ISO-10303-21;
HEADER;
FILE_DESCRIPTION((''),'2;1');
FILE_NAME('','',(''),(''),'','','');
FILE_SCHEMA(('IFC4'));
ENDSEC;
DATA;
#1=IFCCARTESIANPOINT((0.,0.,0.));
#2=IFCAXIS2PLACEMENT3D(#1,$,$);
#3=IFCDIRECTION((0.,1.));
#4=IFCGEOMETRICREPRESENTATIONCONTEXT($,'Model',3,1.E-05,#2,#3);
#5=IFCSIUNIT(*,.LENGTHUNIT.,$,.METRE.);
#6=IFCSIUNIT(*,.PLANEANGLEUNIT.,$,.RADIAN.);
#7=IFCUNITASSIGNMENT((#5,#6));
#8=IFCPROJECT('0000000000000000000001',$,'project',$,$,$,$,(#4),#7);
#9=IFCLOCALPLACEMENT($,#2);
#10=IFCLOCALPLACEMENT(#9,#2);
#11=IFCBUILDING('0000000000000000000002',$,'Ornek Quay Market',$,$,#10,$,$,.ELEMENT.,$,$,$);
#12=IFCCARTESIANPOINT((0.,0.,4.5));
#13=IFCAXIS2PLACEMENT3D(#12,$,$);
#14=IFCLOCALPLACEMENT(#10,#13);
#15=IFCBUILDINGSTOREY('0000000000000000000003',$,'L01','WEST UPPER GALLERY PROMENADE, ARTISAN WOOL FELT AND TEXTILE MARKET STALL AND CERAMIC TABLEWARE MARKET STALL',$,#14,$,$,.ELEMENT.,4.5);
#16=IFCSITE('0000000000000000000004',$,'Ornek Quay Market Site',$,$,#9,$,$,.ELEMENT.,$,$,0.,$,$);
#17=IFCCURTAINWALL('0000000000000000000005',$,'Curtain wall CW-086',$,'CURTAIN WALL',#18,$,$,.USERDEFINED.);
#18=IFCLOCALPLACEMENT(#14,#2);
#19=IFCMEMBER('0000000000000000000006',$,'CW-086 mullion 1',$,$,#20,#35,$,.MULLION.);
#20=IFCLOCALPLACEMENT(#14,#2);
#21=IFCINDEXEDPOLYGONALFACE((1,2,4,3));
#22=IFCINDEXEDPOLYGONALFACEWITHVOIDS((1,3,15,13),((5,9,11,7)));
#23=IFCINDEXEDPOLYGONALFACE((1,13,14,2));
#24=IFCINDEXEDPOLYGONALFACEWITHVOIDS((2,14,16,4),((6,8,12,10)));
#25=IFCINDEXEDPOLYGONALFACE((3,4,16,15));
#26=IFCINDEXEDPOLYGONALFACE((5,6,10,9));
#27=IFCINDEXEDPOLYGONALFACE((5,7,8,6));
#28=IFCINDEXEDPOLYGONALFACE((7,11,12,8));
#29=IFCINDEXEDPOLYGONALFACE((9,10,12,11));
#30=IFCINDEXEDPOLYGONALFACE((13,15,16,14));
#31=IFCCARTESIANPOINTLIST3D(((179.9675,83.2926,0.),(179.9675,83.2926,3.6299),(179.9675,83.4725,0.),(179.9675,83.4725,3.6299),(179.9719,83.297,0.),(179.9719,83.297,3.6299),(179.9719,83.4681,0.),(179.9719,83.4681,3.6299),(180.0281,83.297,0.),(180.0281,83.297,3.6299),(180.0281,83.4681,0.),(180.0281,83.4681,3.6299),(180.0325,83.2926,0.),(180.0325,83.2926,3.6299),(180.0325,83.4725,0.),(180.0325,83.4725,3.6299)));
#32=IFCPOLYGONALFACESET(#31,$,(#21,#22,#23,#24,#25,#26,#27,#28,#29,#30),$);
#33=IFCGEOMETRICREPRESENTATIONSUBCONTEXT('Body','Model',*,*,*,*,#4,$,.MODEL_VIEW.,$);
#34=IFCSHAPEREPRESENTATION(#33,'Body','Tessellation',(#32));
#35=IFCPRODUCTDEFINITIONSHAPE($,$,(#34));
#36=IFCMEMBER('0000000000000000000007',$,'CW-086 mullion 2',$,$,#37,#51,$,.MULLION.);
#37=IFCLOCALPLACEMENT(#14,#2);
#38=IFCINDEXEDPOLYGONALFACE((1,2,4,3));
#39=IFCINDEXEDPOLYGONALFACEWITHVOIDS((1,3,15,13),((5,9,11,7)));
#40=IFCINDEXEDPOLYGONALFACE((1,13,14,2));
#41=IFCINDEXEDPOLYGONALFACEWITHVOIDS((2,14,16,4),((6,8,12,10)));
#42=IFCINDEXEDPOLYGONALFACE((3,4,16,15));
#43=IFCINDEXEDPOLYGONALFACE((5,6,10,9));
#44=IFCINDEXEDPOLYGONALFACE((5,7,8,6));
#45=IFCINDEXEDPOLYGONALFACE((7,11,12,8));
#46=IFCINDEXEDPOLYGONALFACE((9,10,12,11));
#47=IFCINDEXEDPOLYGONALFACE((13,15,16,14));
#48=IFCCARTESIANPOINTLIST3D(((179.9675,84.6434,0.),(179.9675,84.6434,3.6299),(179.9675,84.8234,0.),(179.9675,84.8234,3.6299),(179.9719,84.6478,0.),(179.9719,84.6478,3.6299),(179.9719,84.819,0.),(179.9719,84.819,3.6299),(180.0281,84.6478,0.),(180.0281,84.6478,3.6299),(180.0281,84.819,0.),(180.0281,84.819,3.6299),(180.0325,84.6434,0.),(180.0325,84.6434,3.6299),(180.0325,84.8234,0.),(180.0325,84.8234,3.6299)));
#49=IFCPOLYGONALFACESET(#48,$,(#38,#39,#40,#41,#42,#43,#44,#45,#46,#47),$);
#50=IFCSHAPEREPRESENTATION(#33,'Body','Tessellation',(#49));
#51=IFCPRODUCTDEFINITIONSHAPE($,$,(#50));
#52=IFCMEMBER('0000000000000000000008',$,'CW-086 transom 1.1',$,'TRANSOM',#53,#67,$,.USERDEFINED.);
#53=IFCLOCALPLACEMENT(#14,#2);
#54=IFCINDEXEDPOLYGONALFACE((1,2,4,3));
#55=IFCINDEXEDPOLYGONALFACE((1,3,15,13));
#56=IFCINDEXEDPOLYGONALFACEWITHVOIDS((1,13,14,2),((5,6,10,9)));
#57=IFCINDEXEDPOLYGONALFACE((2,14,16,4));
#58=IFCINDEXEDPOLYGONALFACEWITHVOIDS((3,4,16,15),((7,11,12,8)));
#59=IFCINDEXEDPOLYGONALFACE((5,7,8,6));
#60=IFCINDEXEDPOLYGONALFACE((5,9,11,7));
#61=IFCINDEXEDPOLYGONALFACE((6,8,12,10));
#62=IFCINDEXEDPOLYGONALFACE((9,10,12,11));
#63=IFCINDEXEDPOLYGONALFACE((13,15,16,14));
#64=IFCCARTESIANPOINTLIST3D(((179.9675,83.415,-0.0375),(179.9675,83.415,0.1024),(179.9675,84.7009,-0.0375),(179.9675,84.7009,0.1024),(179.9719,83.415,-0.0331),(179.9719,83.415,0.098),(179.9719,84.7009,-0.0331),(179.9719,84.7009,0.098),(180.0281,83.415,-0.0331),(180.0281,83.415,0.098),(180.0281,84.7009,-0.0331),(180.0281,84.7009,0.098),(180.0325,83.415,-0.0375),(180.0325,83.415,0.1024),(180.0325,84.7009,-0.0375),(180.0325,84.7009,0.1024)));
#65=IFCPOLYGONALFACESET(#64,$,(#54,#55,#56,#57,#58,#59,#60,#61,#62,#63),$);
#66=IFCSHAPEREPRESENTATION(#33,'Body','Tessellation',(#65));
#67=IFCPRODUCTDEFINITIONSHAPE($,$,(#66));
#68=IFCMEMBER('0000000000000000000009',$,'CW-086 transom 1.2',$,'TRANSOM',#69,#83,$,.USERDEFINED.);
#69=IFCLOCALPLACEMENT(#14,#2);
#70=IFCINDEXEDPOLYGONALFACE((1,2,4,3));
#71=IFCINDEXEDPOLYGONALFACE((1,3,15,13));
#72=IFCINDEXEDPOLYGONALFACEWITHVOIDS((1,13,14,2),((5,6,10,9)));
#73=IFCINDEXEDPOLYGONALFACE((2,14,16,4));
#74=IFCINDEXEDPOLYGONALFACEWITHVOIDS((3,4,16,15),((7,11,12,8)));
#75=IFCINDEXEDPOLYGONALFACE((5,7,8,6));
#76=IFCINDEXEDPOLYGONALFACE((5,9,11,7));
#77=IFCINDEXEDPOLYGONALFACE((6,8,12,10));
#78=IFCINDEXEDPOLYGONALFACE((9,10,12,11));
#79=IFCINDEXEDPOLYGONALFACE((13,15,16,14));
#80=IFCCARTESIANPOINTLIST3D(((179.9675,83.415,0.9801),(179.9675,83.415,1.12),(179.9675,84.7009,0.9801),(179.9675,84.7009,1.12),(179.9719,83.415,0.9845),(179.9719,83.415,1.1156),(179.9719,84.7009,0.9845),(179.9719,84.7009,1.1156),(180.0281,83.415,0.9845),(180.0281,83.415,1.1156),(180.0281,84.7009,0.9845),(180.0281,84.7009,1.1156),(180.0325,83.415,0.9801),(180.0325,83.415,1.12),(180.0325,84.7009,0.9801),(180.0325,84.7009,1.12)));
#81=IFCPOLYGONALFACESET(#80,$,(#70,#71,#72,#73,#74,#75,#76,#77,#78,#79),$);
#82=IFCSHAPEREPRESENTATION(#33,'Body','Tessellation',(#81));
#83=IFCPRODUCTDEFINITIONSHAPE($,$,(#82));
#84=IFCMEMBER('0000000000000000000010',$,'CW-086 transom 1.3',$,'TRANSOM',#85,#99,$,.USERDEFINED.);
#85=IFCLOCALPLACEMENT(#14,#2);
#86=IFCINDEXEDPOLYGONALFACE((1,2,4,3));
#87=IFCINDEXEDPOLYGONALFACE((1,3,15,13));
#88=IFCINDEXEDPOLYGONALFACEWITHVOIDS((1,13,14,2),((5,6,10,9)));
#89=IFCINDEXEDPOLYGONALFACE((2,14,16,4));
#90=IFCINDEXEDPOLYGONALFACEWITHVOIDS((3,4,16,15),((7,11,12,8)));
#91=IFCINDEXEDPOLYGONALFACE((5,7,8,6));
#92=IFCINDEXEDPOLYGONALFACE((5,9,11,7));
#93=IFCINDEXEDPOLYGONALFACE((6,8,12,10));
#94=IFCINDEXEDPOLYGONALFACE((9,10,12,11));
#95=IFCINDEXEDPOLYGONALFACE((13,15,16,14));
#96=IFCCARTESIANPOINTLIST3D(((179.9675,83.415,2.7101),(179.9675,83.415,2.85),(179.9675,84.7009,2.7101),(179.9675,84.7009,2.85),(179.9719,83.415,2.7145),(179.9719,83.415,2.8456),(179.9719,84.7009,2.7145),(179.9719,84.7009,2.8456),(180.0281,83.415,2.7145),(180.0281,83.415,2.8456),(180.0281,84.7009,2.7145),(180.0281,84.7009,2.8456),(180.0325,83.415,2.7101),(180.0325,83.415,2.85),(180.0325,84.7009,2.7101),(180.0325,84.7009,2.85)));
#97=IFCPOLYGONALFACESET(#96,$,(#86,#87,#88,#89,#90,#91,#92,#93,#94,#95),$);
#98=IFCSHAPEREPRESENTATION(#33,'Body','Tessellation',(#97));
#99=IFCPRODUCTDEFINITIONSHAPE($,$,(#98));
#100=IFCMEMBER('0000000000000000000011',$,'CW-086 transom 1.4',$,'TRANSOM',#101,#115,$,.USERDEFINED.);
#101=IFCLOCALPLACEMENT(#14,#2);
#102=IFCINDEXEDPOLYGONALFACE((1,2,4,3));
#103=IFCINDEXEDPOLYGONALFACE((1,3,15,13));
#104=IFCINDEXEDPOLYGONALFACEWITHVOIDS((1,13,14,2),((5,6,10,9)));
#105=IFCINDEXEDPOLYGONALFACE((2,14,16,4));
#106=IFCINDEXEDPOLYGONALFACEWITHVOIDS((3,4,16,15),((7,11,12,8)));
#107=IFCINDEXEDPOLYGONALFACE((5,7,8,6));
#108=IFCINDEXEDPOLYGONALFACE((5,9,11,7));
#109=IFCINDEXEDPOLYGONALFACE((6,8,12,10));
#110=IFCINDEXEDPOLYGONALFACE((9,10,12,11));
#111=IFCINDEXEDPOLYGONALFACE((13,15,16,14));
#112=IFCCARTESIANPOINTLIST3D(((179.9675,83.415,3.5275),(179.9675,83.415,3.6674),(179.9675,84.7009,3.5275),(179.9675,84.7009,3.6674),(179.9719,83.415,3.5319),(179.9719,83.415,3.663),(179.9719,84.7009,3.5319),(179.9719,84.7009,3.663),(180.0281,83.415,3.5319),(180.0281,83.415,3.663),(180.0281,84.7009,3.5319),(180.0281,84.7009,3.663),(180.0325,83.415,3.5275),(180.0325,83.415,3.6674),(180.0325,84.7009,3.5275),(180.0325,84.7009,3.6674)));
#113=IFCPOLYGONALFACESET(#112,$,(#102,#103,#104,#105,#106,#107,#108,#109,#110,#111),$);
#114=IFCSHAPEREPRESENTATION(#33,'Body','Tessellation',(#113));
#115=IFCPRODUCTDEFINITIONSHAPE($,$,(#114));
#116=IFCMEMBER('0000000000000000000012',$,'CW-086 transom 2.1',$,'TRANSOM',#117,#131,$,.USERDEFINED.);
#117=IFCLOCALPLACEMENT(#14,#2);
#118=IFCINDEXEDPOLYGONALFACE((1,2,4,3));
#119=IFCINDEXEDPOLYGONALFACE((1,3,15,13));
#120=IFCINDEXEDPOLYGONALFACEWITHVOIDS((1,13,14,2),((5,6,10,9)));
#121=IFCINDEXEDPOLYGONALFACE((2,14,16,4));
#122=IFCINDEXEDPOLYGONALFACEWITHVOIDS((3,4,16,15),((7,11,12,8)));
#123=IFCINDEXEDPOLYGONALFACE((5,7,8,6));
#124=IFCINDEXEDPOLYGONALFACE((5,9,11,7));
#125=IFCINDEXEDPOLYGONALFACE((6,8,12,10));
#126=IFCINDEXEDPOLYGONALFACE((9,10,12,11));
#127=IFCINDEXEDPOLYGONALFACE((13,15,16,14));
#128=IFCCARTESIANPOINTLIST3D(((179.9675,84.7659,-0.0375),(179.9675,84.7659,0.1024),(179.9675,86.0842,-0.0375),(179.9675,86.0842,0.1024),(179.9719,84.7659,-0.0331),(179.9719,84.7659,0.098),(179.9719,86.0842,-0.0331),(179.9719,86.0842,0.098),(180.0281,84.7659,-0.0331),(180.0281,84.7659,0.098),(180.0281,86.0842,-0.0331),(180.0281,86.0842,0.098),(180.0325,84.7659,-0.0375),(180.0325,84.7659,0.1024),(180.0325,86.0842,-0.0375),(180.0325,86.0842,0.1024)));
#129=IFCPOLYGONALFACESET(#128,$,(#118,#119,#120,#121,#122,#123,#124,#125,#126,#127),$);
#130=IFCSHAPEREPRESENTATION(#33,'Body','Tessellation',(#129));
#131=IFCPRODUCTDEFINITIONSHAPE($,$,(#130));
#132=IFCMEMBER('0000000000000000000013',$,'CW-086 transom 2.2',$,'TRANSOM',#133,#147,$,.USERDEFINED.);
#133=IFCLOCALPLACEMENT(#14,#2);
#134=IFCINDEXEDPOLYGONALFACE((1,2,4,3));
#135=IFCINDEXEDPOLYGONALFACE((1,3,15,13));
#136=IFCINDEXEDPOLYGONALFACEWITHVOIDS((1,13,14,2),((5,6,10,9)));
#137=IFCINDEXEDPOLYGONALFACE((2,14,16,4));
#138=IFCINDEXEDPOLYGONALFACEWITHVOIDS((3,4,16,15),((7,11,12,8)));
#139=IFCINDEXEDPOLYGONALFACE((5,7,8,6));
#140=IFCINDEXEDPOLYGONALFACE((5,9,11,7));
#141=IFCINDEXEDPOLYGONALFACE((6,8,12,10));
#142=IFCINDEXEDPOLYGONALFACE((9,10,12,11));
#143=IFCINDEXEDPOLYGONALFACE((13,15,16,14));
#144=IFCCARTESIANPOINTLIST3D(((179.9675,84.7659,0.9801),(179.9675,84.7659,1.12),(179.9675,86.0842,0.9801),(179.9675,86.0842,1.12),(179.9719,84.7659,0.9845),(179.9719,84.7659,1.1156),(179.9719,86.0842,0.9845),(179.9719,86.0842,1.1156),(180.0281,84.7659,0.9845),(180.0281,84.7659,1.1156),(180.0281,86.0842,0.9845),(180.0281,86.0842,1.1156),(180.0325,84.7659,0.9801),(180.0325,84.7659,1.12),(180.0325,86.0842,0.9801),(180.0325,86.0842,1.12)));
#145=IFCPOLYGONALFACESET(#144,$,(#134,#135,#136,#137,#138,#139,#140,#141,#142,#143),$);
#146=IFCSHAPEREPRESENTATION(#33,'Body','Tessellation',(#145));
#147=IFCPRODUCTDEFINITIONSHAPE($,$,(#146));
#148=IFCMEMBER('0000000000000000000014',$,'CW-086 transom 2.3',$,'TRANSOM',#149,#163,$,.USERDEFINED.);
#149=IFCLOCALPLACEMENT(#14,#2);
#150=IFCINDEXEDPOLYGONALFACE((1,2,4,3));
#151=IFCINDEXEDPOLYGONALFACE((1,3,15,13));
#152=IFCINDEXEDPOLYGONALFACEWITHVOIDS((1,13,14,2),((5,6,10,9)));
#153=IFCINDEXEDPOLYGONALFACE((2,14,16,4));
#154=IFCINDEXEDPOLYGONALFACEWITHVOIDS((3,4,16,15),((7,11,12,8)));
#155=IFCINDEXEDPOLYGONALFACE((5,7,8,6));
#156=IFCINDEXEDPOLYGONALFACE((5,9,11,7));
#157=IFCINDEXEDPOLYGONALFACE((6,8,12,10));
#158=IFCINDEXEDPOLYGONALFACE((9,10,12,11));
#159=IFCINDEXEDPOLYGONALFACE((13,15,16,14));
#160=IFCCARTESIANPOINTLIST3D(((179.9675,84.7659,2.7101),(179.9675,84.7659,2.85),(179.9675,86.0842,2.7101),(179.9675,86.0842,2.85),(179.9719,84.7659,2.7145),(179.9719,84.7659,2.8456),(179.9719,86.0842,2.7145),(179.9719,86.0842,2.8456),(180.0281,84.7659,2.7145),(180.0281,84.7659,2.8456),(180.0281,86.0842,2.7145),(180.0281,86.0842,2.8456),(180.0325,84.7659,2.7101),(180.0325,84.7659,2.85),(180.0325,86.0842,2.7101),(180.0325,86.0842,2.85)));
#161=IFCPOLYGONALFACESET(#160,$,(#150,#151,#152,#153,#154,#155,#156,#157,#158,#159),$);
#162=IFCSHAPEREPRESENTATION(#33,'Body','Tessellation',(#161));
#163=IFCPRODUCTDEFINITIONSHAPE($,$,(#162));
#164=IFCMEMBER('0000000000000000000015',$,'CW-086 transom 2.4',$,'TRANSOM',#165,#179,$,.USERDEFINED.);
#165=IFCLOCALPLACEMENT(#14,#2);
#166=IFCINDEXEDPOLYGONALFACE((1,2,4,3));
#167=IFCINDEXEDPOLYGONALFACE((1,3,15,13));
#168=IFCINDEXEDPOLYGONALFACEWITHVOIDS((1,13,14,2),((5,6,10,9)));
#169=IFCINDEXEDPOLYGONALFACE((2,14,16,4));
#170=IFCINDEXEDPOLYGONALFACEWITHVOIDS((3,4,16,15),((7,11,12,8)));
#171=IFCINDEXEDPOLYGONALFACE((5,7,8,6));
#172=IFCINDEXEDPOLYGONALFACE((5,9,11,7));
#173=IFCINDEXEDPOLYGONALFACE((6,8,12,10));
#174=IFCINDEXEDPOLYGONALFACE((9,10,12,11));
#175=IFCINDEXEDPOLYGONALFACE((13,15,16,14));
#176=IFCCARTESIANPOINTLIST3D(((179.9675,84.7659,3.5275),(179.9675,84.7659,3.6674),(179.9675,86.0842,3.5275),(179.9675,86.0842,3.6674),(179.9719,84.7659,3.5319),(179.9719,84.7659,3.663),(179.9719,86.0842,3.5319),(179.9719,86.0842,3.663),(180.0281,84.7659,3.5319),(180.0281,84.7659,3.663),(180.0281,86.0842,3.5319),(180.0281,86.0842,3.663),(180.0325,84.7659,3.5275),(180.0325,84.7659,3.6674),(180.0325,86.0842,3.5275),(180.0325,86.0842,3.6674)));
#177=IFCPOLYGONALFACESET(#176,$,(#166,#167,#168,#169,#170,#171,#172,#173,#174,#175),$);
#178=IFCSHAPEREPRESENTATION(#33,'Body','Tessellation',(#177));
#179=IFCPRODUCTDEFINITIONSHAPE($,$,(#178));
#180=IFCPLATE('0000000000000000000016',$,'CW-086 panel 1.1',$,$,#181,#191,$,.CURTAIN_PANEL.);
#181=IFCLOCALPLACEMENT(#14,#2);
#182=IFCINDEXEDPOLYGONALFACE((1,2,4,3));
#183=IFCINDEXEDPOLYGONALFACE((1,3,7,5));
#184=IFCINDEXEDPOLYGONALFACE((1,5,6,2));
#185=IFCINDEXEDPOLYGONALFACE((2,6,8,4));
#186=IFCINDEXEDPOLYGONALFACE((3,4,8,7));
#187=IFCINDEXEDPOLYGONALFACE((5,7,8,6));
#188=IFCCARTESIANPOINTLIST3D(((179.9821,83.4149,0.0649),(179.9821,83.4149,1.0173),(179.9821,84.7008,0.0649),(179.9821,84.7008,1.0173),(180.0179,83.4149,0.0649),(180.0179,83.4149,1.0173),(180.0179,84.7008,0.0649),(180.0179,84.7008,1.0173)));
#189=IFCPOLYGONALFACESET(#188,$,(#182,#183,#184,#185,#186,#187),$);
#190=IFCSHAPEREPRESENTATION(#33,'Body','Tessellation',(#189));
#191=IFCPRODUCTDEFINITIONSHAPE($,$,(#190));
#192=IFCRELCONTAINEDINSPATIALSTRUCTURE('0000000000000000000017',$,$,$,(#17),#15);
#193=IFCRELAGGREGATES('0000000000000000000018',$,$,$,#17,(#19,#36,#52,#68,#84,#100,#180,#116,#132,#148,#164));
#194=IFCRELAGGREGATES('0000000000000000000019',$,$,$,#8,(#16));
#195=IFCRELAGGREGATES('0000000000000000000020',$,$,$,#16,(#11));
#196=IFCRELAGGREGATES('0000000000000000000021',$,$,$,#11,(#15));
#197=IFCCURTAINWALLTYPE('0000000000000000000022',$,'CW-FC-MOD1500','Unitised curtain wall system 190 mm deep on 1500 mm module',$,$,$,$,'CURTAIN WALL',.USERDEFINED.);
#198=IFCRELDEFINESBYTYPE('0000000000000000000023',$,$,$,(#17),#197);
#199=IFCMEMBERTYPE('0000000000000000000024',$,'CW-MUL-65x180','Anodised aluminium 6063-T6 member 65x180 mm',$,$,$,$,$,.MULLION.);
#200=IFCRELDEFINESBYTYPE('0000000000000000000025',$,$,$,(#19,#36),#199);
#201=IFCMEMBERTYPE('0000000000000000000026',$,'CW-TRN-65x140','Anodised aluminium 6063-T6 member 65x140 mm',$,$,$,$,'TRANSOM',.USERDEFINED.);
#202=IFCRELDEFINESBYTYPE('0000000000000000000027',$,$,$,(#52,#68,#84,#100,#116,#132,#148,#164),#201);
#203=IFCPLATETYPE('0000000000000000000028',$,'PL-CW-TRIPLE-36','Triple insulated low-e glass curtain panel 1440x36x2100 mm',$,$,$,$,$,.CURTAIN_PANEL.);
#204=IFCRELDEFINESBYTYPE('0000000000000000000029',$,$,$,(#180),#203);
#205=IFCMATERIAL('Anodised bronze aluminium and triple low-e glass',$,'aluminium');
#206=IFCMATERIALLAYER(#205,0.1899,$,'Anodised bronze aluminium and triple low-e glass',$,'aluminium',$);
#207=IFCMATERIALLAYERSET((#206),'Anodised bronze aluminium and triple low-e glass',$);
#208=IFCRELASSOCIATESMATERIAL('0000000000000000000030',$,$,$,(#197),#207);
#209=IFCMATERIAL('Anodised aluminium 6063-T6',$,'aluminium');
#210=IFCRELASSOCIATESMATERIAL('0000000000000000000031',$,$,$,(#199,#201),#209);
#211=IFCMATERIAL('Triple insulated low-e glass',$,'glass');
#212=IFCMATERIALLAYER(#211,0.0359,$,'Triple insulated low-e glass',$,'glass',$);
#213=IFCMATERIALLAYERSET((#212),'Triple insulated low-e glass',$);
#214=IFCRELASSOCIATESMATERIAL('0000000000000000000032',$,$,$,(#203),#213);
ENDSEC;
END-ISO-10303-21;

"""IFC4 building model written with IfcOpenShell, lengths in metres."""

from ifc_helpers import new_model, si_unit, direction, frame, origin, origin_2d, place, context, subcontext, project, spatial, rectangle, hollow_rectangle, extrude, material, layer, layer_set, material_profile, profile_set, type_object, element, aggregate, save


model = new_model("IFC4")

# Units and contexts
model_context = context("Model", 3, precision=1e-05, world=origin(), true_north=direction((0.0, 1.0)))
body_context = subcontext(model_context, "Body", "Model", "MODEL_VIEW")
ifc_project = project(units=[si_unit("LENGTHUNIT", "METRE"), si_unit("PLANEANGLEUNIT", "RADIAN")], contexts=[model_context])

# Site, building, storey
site_placement = place(None, origin())
site = spatial("IfcSite", under=ifc_project, at=site_placement, Name="Ornek Quay Market Site", CompositionType="ELEMENT", RefElevation=0.0)
building_placement = place(site_placement, origin())
building = spatial("IfcBuilding", under=site, at=building_placement, Name="Ornek Quay Market", CompositionType="ELEMENT")
storey_placement = place(building_placement, frame((0.0, 0.0, 4.5)))
storey = spatial("IfcBuildingStorey", under=building, at=storey_placement, Name="L01", Description="WEST UPPER GALLERY PROMENADE, ARTISAN WOOL FELT AND TEXTILE MARKET STALL AND CERAMIC TABLEWARE MARKET STALL", CompositionType="ELEMENT", Elevation=4.5)

# Curtain wall, members, plate
ifc_material_1 = material(Name="Anodised bronze aluminium and triple low-e glass", Category="aluminium")
ifc_layer_1 = layer(ifc_material_1, 0.1899, Name="Anodised bronze aluminium and triple low-e glass", Category="aluminium")
ifc_layer_set_1 = layer_set([ifc_layer_1], Name="Anodised bronze aluminium and triple low-e glass")
curtain_wall_type = type_object("IfcCurtainWallType", Name="CW-FC-MOD1500", Description="Unitised curtain wall system 190 mm deep on 1500 mm module", ElementType="CURTAIN WALL", PredefinedType="USERDEFINED", material=ifc_layer_set_1)
curtain_wall_placement = place(storey_placement, origin())
curtain_wall = element("IfcCurtainWall", 1, at=curtain_wall_placement, inside=storey, type_object=curtain_wall_type, Name="Curtain wall CW-086", ObjectType="CURTAIN WALL", PredefinedType="USERDEFINED")
ifc_material_2 = material(Name="Anodised aluminium 6063-T6", Category="aluminium")
ifc_material_profile_1 = material_profile(ifc_material_2, hollow_rectangle(XDim=0.0649, YDim=0.1799, WallThickness=0.0044, at=origin_2d()), Name="CW-MUL-65x180", Category="aluminium")
ifc_profile_set_1 = profile_set([ifc_material_profile_1], Name="Anodised aluminium 6063-T6")
member_type_1 = type_object("IfcMemberType", Name="CW-MUL-65x180", Description="Anodised aluminium 6063-T6 member 65x180 mm", PredefinedType="MULLION", material=ifc_profile_set_1)
member_1_placement = place(storey_placement, frame((180.0, 83.3826, 0.0), z_axis=(0.0, 0.0, 1.0), x_axis=(-1.0, 0.0, 0.0)))
member_1 = element("IfcMember", 2, at=member_1_placement, type_object=member_type_1, Name="CW-086 mullion 1", PredefinedType="MULLION", context=body_context, shape_type="SweptSolid", body=[
    extrude(hollow_rectangle(XDim=0.0649, YDim=0.1799, WallThickness=0.0044, at=origin_2d()), origin(), (0.0, 0.0, 1.0), 3.6299),
])
member_2_placement = place(storey_placement, frame((180.0, 84.7334, 0.0), z_axis=(0.0, 0.0, 1.0), x_axis=(-1.0, 0.0, 0.0)))
member_2 = element("IfcMember", 3, at=member_2_placement, type_object=member_type_1, Name="CW-086 mullion 2", PredefinedType="MULLION", context=body_context, shape_type="SweptSolid", body=[
    extrude(hollow_rectangle(XDim=0.0649, YDim=0.1799, WallThickness=0.0044, at=origin_2d()), origin(), (0.0, 0.0, 1.0), 3.6299),
])
ifc_material_profile_2 = material_profile(ifc_material_2, hollow_rectangle(XDim=0.0649, YDim=0.1399, WallThickness=0.0044, at=origin_2d()), Name="CW-TRN-65x140", Category="aluminium")
ifc_profile_set_2 = profile_set([ifc_material_profile_2], Name="Anodised aluminium 6063-T6")
member_type_2 = type_object("IfcMemberType", Name="CW-TRN-65x140", Description="Anodised aluminium 6063-T6 member 65x140 mm", ElementType="TRANSOM", PredefinedType="USERDEFINED", material=ifc_profile_set_2)
member_3_placement = place(storey_placement, frame((180.0, 83.415, 0.0325), z_axis=(0.0, 1.0, 0.0), x_axis=(-1.0, 0.0, 0.0)))
member_3 = element("IfcMember", 4, at=member_3_placement, type_object=member_type_2, Name="CW-086 transom 1.1", ObjectType="TRANSOM", PredefinedType="USERDEFINED", context=body_context, shape_type="SweptSolid", body=[
    extrude(hollow_rectangle(XDim=0.0649, YDim=0.1399, WallThickness=0.0044, at=origin_2d()), origin(), (0.0, 0.0, 1.0), 1.2859),
])
member_4_placement = place(storey_placement, frame((180.0, 83.415, 1.05), z_axis=(0.0, 1.0, 0.0), x_axis=(-1.0, 0.0, 0.0)))
member_4 = element("IfcMember", 5, at=member_4_placement, type_object=member_type_2, Name="CW-086 transom 1.2", ObjectType="TRANSOM", PredefinedType="USERDEFINED", context=body_context, shape_type="SweptSolid", body=[
    extrude(hollow_rectangle(XDim=0.0649, YDim=0.1399, WallThickness=0.0044, at=origin_2d()), origin(), (0.0, 0.0, 1.0), 1.2859),
])
member_5_placement = place(storey_placement, frame((180.0, 83.415, 2.78), z_axis=(0.0, 1.0, 0.0), x_axis=(-1.0, 0.0, 0.0)))
member_5 = element("IfcMember", 6, at=member_5_placement, type_object=member_type_2, Name="CW-086 transom 1.3", ObjectType="TRANSOM", PredefinedType="USERDEFINED", context=body_context, shape_type="SweptSolid", body=[
    extrude(hollow_rectangle(XDim=0.0649, YDim=0.1399, WallThickness=0.0044, at=origin_2d()), origin(), (0.0, 0.0, 1.0), 1.2859),
])
member_6_placement = place(storey_placement, frame((180.0, 83.415, 3.5974), z_axis=(0.0, 1.0, 0.0), x_axis=(-1.0, 0.0, 0.0)))
member_6 = element("IfcMember", 7, at=member_6_placement, type_object=member_type_2, Name="CW-086 transom 1.4", ObjectType="TRANSOM", PredefinedType="USERDEFINED", context=body_context, shape_type="SweptSolid", body=[
    extrude(hollow_rectangle(XDim=0.0649, YDim=0.1399, WallThickness=0.0044, at=origin_2d()), origin(), (0.0, 0.0, 1.0), 1.2859),
])
member_7_placement = place(storey_placement, frame((180.0, 84.7659, 0.0325), z_axis=(0.0, 1.0, 0.0), x_axis=(-1.0, 0.0, 0.0)))
member_7 = element("IfcMember", 8, at=member_7_placement, type_object=member_type_2, Name="CW-086 transom 2.1", ObjectType="TRANSOM", PredefinedType="USERDEFINED", context=body_context, shape_type="SweptSolid", body=[
    extrude(hollow_rectangle(XDim=0.0649, YDim=0.1399, WallThickness=0.0044, at=origin_2d()), origin(), (0.0, 0.0, 1.0), 1.3184),
])
member_8_placement = place(storey_placement, frame((180.0, 84.7659, 1.05), z_axis=(0.0, 1.0, 0.0), x_axis=(-1.0, 0.0, 0.0)))
member_8 = element("IfcMember", 9, at=member_8_placement, type_object=member_type_2, Name="CW-086 transom 2.2", ObjectType="TRANSOM", PredefinedType="USERDEFINED", context=body_context, shape_type="SweptSolid", body=[
    extrude(hollow_rectangle(XDim=0.0649, YDim=0.1399, WallThickness=0.0044, at=origin_2d()), origin(), (0.0, 0.0, 1.0), 1.3184),
])
member_9_placement = place(storey_placement, frame((180.0, 84.7659, 2.78), z_axis=(0.0, 1.0, 0.0), x_axis=(-1.0, 0.0, 0.0)))
member_9 = element("IfcMember", 10, at=member_9_placement, type_object=member_type_2, Name="CW-086 transom 2.3", ObjectType="TRANSOM", PredefinedType="USERDEFINED", context=body_context, shape_type="SweptSolid", body=[
    extrude(hollow_rectangle(XDim=0.0649, YDim=0.1399, WallThickness=0.0044, at=origin_2d()), origin(), (0.0, 0.0, 1.0), 1.3184),
])
member_10_placement = place(storey_placement, frame((180.0, 84.7659, 3.5974), z_axis=(0.0, 1.0, 0.0), x_axis=(-1.0, 0.0, 0.0)))
member_10 = element("IfcMember", 11, at=member_10_placement, type_object=member_type_2, Name="CW-086 transom 2.4", ObjectType="TRANSOM", PredefinedType="USERDEFINED", context=body_context, shape_type="SweptSolid", body=[
    extrude(hollow_rectangle(XDim=0.0649, YDim=0.1399, WallThickness=0.0044, at=origin_2d()), origin(), (0.0, 0.0, 1.0), 1.3184),
])
ifc_material_3 = material(Name="Triple insulated low-e glass", Category="glass")
ifc_layer_2 = layer(ifc_material_3, 0.0359, Name="Triple insulated low-e glass", Category="glass")
ifc_layer_set_2 = layer_set([ifc_layer_2], Name="Triple insulated low-e glass")
plate_type = type_object("IfcPlateType", Name="PL-CW-TRIPLE-36", Description="Triple insulated low-e glass curtain panel 1440x36x2100 mm", PredefinedType="CURTAIN_PANEL", material=ifc_layer_set_2)
plate_1_placement = place(storey_placement, frame((180.0, 84.0579, 0.0649), z_axis=(0.0, 0.0, 1.0), x_axis=(0.0, 1.0, 0.0)))
plate_1 = element("IfcPlate", 12, at=plate_1_placement, type_object=plate_type, Name="CW-086 panel 1.1", PredefinedType="CURTAIN_PANEL", context=body_context, shape_type="SweptSolid", body=[
    extrude(rectangle(XDim=1.2859, YDim=0.0359, at=origin_2d()), origin(), (0.0, 0.0, 1.0), 0.9524),
])
aggregate(curtain_wall, [member_1, member_2, member_3, member_4, member_5, member_6, plate_1, member_7, member_8, member_9, member_10])

save(model, "model.ifc")
